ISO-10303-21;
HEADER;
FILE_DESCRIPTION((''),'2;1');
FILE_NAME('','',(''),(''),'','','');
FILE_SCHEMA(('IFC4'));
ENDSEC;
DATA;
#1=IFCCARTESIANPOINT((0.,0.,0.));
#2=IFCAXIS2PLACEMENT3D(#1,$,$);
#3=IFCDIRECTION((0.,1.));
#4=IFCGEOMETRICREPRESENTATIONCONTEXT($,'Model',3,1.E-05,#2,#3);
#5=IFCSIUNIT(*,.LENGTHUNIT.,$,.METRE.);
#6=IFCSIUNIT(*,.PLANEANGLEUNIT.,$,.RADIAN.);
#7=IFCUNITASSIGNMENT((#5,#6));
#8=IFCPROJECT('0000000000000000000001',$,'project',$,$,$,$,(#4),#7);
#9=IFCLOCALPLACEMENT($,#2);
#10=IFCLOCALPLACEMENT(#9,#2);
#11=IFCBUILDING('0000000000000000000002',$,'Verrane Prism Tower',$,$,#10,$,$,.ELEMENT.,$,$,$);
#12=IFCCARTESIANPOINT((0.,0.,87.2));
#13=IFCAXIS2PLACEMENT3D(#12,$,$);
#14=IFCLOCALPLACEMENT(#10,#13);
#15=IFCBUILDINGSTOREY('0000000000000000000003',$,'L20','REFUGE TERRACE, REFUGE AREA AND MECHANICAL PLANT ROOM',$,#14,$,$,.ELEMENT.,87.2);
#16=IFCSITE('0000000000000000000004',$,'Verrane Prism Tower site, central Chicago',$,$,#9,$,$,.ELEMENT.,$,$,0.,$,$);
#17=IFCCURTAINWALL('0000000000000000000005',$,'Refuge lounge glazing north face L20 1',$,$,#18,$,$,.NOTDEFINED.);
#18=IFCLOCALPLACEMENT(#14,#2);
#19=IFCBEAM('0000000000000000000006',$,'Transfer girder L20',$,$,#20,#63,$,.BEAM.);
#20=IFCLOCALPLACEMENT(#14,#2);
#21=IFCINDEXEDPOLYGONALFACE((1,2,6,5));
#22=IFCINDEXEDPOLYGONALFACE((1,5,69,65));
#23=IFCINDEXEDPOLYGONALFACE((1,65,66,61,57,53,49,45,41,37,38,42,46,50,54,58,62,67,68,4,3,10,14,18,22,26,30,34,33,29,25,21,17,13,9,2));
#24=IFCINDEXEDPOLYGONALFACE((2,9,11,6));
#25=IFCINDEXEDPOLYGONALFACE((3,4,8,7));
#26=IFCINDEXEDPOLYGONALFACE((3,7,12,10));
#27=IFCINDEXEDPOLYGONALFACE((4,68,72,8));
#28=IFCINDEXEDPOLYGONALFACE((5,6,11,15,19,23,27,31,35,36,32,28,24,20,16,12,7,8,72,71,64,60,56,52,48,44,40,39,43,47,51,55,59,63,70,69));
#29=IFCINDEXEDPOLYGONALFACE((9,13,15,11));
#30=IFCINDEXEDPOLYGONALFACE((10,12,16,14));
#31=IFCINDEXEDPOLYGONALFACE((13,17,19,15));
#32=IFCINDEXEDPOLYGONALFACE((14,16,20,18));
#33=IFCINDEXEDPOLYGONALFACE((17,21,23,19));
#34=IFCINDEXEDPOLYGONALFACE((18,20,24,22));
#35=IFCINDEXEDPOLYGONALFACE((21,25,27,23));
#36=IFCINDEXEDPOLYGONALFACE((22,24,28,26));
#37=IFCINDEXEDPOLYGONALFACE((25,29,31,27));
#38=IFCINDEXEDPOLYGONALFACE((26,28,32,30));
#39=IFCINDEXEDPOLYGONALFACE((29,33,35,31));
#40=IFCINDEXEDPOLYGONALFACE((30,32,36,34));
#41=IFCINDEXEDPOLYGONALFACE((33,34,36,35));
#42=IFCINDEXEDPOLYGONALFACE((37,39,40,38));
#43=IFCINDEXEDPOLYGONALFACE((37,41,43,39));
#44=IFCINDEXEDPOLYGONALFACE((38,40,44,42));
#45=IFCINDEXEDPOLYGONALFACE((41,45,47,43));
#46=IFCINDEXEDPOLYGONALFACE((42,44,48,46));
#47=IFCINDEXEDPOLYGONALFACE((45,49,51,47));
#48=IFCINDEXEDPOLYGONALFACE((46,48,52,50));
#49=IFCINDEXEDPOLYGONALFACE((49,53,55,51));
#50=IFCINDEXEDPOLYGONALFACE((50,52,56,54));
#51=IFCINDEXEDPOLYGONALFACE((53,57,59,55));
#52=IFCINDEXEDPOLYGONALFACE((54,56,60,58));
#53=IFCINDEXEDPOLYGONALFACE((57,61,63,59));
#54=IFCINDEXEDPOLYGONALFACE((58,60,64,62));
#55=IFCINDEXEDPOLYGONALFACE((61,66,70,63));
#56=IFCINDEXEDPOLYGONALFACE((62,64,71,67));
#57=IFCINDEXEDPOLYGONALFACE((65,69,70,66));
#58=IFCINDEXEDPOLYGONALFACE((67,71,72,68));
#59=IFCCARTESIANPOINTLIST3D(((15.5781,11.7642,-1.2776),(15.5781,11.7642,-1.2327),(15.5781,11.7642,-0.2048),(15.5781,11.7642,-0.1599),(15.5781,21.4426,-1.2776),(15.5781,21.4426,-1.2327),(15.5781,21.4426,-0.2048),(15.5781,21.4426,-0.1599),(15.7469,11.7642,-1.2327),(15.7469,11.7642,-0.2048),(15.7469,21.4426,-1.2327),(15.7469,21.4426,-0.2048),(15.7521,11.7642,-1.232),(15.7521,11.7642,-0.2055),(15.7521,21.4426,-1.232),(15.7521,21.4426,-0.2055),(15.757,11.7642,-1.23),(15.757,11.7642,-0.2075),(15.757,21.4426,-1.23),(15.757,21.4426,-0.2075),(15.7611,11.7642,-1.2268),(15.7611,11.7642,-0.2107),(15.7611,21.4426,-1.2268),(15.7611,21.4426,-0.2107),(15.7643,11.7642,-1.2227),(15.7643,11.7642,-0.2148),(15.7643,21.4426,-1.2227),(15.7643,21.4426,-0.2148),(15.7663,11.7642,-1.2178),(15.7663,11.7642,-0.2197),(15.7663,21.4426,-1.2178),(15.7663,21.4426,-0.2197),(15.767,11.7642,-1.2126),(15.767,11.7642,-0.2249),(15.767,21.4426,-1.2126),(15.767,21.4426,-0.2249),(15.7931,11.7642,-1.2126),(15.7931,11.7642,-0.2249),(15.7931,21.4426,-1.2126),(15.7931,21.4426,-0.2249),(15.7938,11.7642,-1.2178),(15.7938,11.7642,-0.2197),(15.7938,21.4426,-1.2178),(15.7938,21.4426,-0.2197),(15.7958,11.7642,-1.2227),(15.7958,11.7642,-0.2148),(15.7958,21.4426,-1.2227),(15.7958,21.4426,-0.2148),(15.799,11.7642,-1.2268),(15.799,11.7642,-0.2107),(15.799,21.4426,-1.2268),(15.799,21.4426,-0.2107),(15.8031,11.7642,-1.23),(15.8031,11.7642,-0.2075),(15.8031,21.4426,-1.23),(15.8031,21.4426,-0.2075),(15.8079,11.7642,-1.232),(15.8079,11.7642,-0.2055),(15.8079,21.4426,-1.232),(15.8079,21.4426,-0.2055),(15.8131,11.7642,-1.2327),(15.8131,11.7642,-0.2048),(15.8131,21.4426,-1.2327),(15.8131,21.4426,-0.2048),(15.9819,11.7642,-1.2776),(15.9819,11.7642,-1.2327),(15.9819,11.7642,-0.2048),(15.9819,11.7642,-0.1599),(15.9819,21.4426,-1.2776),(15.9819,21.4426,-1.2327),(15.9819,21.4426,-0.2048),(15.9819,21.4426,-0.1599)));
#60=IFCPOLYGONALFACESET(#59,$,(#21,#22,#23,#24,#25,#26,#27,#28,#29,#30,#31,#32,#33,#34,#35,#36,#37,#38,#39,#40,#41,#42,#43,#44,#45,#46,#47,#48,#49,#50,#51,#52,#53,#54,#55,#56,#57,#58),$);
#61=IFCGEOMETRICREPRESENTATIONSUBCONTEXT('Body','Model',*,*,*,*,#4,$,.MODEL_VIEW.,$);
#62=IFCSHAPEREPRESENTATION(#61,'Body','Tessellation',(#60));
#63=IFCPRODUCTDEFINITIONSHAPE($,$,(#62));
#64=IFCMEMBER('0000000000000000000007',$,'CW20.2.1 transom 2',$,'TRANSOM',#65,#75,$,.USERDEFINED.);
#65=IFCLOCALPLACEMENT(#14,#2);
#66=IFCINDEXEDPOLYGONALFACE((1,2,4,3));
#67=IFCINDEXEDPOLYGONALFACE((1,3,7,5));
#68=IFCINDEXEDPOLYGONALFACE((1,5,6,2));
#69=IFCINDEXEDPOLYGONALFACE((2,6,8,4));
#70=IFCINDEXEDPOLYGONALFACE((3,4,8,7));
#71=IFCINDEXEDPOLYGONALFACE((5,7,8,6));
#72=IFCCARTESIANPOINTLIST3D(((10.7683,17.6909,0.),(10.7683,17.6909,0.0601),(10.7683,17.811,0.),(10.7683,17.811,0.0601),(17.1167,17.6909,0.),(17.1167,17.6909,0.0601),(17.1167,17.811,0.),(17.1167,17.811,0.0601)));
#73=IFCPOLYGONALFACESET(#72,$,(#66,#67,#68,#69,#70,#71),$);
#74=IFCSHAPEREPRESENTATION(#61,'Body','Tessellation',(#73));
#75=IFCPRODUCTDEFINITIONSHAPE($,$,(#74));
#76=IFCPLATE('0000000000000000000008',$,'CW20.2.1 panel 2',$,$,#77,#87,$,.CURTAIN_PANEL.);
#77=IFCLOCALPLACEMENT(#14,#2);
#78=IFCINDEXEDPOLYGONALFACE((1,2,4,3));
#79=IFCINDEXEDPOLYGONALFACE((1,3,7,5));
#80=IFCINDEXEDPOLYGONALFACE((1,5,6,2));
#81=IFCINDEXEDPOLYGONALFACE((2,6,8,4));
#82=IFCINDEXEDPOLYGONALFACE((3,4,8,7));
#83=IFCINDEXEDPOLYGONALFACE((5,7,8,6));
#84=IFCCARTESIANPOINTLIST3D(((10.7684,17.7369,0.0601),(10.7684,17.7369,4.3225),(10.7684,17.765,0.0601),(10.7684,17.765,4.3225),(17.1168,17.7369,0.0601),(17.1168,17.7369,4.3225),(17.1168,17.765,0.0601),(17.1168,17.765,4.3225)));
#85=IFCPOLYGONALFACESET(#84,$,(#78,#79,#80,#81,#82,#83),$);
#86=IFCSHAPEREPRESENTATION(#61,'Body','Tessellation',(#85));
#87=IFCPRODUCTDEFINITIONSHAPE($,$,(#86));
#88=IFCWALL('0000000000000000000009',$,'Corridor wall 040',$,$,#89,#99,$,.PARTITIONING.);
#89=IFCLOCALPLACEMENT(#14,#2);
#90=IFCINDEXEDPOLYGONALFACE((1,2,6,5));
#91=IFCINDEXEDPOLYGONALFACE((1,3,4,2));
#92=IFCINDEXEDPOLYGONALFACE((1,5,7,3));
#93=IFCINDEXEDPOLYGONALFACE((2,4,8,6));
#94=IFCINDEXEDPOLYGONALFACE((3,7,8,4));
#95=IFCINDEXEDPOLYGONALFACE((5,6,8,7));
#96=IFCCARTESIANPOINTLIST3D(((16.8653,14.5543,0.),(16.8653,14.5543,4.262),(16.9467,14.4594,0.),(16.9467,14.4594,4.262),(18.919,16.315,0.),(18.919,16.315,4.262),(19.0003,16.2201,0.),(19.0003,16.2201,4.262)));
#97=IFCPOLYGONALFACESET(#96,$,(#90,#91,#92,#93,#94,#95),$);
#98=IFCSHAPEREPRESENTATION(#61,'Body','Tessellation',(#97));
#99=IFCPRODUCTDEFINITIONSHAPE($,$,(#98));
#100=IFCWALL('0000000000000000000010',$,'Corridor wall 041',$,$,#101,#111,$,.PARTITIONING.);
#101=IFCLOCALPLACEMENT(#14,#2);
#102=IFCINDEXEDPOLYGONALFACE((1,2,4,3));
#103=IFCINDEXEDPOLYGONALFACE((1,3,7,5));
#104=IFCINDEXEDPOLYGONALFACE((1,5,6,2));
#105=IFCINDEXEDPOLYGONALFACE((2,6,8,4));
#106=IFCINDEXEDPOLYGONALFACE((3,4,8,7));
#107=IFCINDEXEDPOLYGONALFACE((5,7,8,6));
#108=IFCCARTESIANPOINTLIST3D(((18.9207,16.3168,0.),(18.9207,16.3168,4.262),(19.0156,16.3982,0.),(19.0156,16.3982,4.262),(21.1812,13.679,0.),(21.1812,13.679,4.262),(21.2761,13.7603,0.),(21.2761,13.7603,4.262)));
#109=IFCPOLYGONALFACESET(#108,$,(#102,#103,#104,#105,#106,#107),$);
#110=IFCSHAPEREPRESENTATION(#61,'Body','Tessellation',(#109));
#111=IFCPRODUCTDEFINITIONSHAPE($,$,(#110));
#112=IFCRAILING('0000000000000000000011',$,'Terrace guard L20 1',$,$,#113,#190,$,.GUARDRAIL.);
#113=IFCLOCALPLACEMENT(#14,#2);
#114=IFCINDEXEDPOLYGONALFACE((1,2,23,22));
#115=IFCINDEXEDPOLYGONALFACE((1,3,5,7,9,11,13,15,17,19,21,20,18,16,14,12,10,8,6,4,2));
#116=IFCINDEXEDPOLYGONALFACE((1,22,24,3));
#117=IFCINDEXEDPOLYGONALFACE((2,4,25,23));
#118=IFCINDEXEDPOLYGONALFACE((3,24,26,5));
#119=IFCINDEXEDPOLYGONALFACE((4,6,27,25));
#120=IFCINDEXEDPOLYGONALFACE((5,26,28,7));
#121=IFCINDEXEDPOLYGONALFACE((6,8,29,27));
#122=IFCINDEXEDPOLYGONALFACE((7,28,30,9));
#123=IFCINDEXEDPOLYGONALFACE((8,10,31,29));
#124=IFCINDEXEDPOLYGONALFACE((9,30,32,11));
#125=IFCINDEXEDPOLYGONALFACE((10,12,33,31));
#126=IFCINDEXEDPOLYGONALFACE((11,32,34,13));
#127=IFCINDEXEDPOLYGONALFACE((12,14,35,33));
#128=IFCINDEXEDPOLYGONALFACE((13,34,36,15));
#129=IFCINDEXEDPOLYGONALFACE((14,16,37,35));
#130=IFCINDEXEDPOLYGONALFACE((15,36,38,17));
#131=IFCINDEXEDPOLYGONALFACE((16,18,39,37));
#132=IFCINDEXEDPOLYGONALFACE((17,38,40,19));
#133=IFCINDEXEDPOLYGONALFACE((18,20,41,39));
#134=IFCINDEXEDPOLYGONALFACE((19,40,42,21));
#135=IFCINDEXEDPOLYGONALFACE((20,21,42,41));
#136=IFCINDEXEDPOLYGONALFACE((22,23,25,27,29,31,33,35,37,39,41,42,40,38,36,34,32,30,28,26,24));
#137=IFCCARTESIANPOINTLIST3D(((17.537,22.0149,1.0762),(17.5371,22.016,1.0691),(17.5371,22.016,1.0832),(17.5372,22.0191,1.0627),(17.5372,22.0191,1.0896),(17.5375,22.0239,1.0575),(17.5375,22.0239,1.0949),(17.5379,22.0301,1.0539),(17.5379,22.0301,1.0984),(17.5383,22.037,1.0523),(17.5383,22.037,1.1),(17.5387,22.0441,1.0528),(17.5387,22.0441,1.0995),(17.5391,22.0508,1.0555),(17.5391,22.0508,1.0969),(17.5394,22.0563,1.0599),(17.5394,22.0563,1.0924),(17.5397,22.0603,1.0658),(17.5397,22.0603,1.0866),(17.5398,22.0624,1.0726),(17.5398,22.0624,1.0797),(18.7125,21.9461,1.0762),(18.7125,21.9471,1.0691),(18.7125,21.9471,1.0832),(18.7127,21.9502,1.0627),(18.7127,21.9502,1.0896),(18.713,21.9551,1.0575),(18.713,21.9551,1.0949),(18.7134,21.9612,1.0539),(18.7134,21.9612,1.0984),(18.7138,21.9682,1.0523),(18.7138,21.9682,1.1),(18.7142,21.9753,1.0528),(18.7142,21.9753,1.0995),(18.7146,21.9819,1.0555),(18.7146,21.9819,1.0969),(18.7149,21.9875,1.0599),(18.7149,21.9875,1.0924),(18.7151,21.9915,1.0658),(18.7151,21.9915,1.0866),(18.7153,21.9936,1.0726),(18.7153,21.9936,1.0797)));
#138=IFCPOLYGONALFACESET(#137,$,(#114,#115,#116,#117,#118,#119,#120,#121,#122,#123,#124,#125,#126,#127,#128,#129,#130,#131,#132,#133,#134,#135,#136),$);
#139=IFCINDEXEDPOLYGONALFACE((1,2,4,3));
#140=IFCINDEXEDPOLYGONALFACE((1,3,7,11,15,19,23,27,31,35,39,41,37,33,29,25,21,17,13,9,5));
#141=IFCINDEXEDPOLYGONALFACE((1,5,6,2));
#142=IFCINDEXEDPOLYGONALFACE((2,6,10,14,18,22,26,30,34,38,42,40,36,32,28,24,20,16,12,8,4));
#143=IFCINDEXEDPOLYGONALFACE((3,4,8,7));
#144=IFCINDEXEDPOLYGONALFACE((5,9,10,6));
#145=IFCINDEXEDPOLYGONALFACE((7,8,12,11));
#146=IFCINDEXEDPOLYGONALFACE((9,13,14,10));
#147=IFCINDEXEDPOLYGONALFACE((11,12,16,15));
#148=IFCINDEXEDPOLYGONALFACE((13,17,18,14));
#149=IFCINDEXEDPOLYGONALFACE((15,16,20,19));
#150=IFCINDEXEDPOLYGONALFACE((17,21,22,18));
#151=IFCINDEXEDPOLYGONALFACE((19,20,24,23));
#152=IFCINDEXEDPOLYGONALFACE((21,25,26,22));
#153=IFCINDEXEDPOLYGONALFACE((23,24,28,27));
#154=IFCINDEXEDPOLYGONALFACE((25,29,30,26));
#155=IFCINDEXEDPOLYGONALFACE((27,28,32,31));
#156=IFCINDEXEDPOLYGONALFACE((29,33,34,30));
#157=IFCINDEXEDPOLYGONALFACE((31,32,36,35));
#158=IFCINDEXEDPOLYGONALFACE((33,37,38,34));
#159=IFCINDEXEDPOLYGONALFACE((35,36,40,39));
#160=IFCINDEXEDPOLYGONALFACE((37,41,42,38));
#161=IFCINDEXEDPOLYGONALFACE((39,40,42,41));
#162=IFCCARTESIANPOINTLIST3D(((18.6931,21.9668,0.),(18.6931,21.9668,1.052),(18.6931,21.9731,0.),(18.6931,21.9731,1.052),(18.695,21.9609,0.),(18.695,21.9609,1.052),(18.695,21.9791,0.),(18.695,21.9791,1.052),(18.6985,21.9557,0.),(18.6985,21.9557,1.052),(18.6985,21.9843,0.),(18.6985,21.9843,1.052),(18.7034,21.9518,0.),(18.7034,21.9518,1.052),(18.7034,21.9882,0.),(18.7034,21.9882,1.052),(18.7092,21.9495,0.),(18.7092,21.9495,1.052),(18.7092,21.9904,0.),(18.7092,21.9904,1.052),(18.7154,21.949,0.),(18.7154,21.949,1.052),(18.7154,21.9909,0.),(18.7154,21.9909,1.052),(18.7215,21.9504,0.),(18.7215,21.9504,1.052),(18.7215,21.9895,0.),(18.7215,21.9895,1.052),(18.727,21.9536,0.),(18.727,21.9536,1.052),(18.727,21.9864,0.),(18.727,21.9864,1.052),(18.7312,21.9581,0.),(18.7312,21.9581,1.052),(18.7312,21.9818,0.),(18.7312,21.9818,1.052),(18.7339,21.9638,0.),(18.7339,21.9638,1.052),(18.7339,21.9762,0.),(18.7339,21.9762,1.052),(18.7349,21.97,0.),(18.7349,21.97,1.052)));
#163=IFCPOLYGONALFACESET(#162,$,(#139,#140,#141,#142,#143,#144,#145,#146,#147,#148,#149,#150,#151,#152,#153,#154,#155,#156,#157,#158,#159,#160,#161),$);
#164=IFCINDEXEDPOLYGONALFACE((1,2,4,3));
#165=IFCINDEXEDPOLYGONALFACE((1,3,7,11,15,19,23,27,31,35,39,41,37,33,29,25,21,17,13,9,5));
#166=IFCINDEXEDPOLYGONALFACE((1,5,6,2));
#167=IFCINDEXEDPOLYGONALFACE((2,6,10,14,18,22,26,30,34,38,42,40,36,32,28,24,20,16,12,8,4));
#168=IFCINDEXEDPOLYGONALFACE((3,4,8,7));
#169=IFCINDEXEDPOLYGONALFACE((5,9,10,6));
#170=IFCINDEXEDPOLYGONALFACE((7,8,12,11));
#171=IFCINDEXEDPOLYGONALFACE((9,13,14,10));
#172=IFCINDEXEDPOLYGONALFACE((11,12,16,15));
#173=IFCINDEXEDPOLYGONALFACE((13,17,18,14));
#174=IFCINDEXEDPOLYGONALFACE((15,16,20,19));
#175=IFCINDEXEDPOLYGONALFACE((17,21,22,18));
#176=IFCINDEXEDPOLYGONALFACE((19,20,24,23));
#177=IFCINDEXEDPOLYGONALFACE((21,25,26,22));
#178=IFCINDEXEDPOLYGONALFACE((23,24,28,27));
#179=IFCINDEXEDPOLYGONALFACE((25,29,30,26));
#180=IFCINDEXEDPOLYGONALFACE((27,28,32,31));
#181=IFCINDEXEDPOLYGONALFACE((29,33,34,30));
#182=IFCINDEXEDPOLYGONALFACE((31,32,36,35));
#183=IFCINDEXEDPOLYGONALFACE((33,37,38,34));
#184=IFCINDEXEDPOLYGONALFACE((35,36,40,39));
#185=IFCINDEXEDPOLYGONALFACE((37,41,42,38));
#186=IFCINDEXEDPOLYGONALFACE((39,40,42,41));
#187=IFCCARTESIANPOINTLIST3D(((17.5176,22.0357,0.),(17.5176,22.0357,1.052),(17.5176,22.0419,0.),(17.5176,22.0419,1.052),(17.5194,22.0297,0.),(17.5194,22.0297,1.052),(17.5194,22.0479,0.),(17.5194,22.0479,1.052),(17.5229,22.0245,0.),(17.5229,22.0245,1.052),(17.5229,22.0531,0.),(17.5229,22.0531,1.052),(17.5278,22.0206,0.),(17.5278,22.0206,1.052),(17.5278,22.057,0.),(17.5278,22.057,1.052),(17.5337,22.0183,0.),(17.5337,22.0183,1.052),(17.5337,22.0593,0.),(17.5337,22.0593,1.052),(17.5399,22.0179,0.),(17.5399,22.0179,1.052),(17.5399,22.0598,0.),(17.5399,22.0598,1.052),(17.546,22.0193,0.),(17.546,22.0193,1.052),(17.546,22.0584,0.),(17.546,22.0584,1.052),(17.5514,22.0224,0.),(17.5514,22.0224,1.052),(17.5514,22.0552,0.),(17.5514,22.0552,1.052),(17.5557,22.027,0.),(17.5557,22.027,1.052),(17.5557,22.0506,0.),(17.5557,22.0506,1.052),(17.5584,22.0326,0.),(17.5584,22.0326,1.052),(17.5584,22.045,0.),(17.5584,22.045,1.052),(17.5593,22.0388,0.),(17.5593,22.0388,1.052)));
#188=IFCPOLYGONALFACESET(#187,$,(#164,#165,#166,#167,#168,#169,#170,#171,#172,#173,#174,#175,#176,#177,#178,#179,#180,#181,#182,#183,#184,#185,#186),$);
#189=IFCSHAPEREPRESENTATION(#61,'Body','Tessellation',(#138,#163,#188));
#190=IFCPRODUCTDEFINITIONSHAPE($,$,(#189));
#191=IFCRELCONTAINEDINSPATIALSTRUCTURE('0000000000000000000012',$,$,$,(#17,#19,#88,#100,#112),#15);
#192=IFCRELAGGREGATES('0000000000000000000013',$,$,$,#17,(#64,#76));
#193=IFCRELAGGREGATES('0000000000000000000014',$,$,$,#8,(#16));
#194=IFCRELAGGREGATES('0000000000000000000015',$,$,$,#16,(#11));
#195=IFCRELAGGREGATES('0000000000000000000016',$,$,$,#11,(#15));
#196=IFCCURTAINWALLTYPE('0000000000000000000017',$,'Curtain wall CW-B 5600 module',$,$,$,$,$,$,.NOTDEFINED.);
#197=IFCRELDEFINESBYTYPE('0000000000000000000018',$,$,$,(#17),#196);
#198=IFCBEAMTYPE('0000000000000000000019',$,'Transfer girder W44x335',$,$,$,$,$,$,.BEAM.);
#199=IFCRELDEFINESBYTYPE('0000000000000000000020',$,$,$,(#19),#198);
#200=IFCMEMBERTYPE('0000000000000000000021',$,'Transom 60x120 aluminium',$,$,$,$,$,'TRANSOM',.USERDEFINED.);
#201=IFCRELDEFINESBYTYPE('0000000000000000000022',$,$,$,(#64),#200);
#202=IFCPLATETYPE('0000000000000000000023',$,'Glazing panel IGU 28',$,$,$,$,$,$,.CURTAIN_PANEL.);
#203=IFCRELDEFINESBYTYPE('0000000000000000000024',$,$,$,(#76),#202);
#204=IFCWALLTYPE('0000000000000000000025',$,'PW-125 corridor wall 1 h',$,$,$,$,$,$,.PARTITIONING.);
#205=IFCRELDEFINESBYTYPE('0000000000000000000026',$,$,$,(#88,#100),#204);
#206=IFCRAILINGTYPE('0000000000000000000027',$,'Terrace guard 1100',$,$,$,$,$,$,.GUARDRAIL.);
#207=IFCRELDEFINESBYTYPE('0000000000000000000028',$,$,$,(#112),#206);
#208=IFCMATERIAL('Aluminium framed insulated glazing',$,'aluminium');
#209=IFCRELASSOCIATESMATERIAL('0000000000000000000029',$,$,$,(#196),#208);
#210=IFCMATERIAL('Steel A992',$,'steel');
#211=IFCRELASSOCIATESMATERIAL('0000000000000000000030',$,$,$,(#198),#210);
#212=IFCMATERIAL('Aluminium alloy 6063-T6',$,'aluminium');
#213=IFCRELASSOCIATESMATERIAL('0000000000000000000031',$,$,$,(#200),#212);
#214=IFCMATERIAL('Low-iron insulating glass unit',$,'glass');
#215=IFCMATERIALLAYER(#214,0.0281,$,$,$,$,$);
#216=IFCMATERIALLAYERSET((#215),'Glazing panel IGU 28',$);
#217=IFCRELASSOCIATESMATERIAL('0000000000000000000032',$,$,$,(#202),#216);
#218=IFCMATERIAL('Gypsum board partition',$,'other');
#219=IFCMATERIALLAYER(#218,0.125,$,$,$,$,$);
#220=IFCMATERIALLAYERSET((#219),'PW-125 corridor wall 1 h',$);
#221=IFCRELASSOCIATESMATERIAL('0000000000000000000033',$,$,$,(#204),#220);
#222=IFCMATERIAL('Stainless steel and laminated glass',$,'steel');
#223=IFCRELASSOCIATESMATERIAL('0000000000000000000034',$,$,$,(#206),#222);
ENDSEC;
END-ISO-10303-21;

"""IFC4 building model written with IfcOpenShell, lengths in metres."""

from ifc_helpers import new_model, si_unit, direction, frame, frame_2d, origin, origin_2d, place, context, subcontext, project, spatial, rectangle, circle, i_section, extrude, material, layer, layer_set, material_profile, profile_set, type_object, element, aggregate, save


model = new_model("IFC4")

# Units and contexts
model_context = context("Model", 3, precision=1e-05, world=origin(), true_north=direction((0.0, 1.0)))
body_context = subcontext(model_context, "Body", "Model", "MODEL_VIEW")
ifc_project = project(units=[si_unit("LENGTHUNIT", "METRE"), si_unit("PLANEANGLEUNIT", "RADIAN")], contexts=[model_context])

# Site, building, storey
site_placement = place(None, origin())
site = spatial("IfcSite", under=ifc_project, at=site_placement, Name="Verrane Prism Tower site, central Chicago", CompositionType="ELEMENT", RefElevation=0.0)
building_placement = place(site_placement, origin())
building = spatial("IfcBuilding", under=site, at=building_placement, Name="Verrane Prism Tower", CompositionType="ELEMENT")
storey_placement = place(building_placement, frame((0.0, 0.0, 87.2)))
storey = spatial("IfcBuildingStorey", under=building, at=storey_placement, Name="L20", Description="REFUGE TERRACE, REFUGE AREA AND MECHANICAL PLANT ROOM", CompositionType="ELEMENT", Elevation=87.2)

# Curtain wall
ifc_material_1 = material(Name="Aluminium framed insulated glazing", Category="aluminium")
curtain_wall_type = type_object("IfcCurtainWallType", Name="Curtain wall CW-B 5600 module", PredefinedType="NOTDEFINED", material=ifc_material_1)
curtain_wall_placement = place(storey_placement, origin())
curtain_wall = element("IfcCurtainWall", 1, at=curtain_wall_placement, inside=storey, type_object=curtain_wall_type, Name="Refuge lounge glazing north face L20 1", PredefinedType="NOTDEFINED")

# Beam
ifc_material_2 = material(Name="Steel A992", Category="steel")
ifc_material_profile_1 = material_profile(ifc_material_2, i_section(OverallWidth=0.4038, OverallDepth=1.1177, WebThickness=0.0261, FlangeThickness=0.0449, FilletRadius=0.02, at=origin_2d()), Name="W44x335")
ifc_profile_set_1 = profile_set([ifc_material_profile_1], Name="Steel A992")
beam_type_1 = type_object("IfcBeamType", Name="Transfer girder W44x335", PredefinedType="BEAM", material=ifc_profile_set_1)
beam_1_placement = place(storey_placement, frame((15.78, 21.4426, -0.7188), z_axis=(0.0, -1.0, 0.0), x_axis=(1.0, 0.0, 0.0)))
element("IfcBeam", 2, at=beam_1_placement, inside=storey, type_object=beam_type_1, Name="Transfer girder L20", PredefinedType="BEAM", context=body_context, shape_type="SweptSolid", body=[
    extrude(i_section(OverallWidth=0.4038, OverallDepth=1.1177, WebThickness=0.0261, FlangeThickness=0.0449, FilletRadius=0.02, at=origin_2d()), origin(), (0.0, 0.0, 1.0), 9.6785),
])

# Member
ifc_material_3 = material(Name="Aluminium alloy 6063-T6", Category="aluminium")
ifc_material_profile_2 = material_profile(ifc_material_3, rectangle(XDim=0.1201, YDim=0.0601, at=origin_2d()), Name="Transom 60x120 aluminium")
ifc_profile_set_2 = profile_set([ifc_material_profile_2], Name="Aluminium alloy 6063-T6")
member_type_1 = type_object("IfcMemberType", Name="Transom 60x120 aluminium", ElementType="TRANSOM", PredefinedType="USERDEFINED", material=ifc_profile_set_2)
member_1_placement = place(storey_placement, frame((17.1167, 17.751, 0.03), z_axis=(-1.0, 0.0, 0.0), x_axis=(0.0, -1.0, 0.0)))
member_1 = element("IfcMember", 3, at=member_1_placement, type_object=member_type_1, Name="CW20.2.1 transom 2", ObjectType="TRANSOM", PredefinedType="USERDEFINED", context=body_context, shape_type="SweptSolid", body=[
    extrude(rectangle(XDim=0.1201, YDim=0.0601, at=origin_2d()), origin(), (0.0, 0.0, 1.0), 6.3484),
])

# Plate
ifc_material_4 = material(Name="Low-iron insulating glass unit", Category="glass")
ifc_layer_1 = layer(ifc_material_4, 0.0281)
ifc_layer_set_1 = layer_set([ifc_layer_1], Name="Glazing panel IGU 28")
plate_type = type_object("IfcPlateType", Name="Glazing panel IGU 28", PredefinedType="CURTAIN_PANEL", material=ifc_layer_set_1)
plate_placement = place(storey_placement, frame((13.9426, 17.751, 0.0601), z_axis=(0.0, 0.0, 1.0), x_axis=(-1.0, 0.0, 0.0)))
plate = element("IfcPlate", 4, at=plate_placement, type_object=plate_type, Name="CW20.2.1 panel 2", PredefinedType="CURTAIN_PANEL", context=body_context, shape_type="SweptSolid", body=[
    extrude(rectangle(XDim=6.3484, YDim=0.0281, at=origin_2d()), origin(), (0.0, 0.0, 1.0), 4.2625),
])
aggregate(curtain_wall, [member_1, plate])

# Walls
ifc_material_5 = material(Name="Gypsum board partition", Category="other")
ifc_layer_2 = layer(ifc_material_5, 0.125)
ifc_layer_set_2 = layer_set([ifc_layer_2], Name="PW-125 corridor wall 1 h")
wall_type = type_object("IfcWallType", Name="PW-125 corridor wall 1 h", PredefinedType="PARTITIONING", material=ifc_layer_set_2)
wall_1_placement = place(storey_placement, frame((16.906, 14.5068, 0.0), z_axis=(0.0, 0.0, 1.0), x_axis=(0.75918, 0.650881, 0.0)))
element("IfcWall", 5, at=wall_1_placement, inside=storey, type_object=wall_type, Name="Corridor wall 040", PredefinedType="PARTITIONING", context=body_context, shape_type="SweptSolid", body=[
    extrude(rectangle(XDim=2.7051, YDim=0.125, at=frame_2d((1.3525, 0.0))), origin(), (0.0, 0.0, 1.0), 4.262),
])
wall_2_placement = place(storey_placement, frame((18.9683, 16.3574, 0.0), z_axis=(0.0, 0.0, 1.0), x_axis=(0.650693, -0.759341, 0.0)))
element("IfcWall", 6, at=wall_2_placement, inside=storey, type_object=wall_type, Name="Corridor wall 041", PredefinedType="PARTITIONING", context=body_context, shape_type="SweptSolid", body=[
    extrude(rectangle(XDim=3.4739, YDim=0.125, at=frame_2d((1.7368, 0.0))), origin(), (0.0, 0.0, 1.0), 4.262),
])

# Railing
ifc_material_6 = material(Name="Stainless steel and laminated glass", Category="steel")
railing_type = type_object("IfcRailingType", Name="Terrace guard 1100", PredefinedType="GUARDRAIL", material=ifc_material_6)
railing_1_placement = place(storey_placement, frame((18.7139, 21.97, 0.0)))
element("IfcRailing", 7, at=railing_1_placement, inside=storey, type_object=railing_type, Name="Terrace guard L20 1", PredefinedType="GUARDRAIL", context=body_context, shape_type="SweptSolid", body=[
    extrude(circle(Radius=0.0239, at=origin_2d()), frame((0.0, 0.0, 1.0762), z_axis=(-0.998289, 0.058467, 0.0), x_axis=(-0.058467, -0.998289, 0.0)), (0.0, 0.0, 1.0), 1.1775),
    extrude(circle(Radius=0.021, at=origin_2d()), origin(), (0.0, 0.0, 1.0), 1.052),
    extrude(circle(Radius=0.021, at=origin_2d()), frame((-1.1755, 0.0688, 0.0)), (0.0, 0.0, 1.0), 1.052),
])

save(model, "model.ifc")
